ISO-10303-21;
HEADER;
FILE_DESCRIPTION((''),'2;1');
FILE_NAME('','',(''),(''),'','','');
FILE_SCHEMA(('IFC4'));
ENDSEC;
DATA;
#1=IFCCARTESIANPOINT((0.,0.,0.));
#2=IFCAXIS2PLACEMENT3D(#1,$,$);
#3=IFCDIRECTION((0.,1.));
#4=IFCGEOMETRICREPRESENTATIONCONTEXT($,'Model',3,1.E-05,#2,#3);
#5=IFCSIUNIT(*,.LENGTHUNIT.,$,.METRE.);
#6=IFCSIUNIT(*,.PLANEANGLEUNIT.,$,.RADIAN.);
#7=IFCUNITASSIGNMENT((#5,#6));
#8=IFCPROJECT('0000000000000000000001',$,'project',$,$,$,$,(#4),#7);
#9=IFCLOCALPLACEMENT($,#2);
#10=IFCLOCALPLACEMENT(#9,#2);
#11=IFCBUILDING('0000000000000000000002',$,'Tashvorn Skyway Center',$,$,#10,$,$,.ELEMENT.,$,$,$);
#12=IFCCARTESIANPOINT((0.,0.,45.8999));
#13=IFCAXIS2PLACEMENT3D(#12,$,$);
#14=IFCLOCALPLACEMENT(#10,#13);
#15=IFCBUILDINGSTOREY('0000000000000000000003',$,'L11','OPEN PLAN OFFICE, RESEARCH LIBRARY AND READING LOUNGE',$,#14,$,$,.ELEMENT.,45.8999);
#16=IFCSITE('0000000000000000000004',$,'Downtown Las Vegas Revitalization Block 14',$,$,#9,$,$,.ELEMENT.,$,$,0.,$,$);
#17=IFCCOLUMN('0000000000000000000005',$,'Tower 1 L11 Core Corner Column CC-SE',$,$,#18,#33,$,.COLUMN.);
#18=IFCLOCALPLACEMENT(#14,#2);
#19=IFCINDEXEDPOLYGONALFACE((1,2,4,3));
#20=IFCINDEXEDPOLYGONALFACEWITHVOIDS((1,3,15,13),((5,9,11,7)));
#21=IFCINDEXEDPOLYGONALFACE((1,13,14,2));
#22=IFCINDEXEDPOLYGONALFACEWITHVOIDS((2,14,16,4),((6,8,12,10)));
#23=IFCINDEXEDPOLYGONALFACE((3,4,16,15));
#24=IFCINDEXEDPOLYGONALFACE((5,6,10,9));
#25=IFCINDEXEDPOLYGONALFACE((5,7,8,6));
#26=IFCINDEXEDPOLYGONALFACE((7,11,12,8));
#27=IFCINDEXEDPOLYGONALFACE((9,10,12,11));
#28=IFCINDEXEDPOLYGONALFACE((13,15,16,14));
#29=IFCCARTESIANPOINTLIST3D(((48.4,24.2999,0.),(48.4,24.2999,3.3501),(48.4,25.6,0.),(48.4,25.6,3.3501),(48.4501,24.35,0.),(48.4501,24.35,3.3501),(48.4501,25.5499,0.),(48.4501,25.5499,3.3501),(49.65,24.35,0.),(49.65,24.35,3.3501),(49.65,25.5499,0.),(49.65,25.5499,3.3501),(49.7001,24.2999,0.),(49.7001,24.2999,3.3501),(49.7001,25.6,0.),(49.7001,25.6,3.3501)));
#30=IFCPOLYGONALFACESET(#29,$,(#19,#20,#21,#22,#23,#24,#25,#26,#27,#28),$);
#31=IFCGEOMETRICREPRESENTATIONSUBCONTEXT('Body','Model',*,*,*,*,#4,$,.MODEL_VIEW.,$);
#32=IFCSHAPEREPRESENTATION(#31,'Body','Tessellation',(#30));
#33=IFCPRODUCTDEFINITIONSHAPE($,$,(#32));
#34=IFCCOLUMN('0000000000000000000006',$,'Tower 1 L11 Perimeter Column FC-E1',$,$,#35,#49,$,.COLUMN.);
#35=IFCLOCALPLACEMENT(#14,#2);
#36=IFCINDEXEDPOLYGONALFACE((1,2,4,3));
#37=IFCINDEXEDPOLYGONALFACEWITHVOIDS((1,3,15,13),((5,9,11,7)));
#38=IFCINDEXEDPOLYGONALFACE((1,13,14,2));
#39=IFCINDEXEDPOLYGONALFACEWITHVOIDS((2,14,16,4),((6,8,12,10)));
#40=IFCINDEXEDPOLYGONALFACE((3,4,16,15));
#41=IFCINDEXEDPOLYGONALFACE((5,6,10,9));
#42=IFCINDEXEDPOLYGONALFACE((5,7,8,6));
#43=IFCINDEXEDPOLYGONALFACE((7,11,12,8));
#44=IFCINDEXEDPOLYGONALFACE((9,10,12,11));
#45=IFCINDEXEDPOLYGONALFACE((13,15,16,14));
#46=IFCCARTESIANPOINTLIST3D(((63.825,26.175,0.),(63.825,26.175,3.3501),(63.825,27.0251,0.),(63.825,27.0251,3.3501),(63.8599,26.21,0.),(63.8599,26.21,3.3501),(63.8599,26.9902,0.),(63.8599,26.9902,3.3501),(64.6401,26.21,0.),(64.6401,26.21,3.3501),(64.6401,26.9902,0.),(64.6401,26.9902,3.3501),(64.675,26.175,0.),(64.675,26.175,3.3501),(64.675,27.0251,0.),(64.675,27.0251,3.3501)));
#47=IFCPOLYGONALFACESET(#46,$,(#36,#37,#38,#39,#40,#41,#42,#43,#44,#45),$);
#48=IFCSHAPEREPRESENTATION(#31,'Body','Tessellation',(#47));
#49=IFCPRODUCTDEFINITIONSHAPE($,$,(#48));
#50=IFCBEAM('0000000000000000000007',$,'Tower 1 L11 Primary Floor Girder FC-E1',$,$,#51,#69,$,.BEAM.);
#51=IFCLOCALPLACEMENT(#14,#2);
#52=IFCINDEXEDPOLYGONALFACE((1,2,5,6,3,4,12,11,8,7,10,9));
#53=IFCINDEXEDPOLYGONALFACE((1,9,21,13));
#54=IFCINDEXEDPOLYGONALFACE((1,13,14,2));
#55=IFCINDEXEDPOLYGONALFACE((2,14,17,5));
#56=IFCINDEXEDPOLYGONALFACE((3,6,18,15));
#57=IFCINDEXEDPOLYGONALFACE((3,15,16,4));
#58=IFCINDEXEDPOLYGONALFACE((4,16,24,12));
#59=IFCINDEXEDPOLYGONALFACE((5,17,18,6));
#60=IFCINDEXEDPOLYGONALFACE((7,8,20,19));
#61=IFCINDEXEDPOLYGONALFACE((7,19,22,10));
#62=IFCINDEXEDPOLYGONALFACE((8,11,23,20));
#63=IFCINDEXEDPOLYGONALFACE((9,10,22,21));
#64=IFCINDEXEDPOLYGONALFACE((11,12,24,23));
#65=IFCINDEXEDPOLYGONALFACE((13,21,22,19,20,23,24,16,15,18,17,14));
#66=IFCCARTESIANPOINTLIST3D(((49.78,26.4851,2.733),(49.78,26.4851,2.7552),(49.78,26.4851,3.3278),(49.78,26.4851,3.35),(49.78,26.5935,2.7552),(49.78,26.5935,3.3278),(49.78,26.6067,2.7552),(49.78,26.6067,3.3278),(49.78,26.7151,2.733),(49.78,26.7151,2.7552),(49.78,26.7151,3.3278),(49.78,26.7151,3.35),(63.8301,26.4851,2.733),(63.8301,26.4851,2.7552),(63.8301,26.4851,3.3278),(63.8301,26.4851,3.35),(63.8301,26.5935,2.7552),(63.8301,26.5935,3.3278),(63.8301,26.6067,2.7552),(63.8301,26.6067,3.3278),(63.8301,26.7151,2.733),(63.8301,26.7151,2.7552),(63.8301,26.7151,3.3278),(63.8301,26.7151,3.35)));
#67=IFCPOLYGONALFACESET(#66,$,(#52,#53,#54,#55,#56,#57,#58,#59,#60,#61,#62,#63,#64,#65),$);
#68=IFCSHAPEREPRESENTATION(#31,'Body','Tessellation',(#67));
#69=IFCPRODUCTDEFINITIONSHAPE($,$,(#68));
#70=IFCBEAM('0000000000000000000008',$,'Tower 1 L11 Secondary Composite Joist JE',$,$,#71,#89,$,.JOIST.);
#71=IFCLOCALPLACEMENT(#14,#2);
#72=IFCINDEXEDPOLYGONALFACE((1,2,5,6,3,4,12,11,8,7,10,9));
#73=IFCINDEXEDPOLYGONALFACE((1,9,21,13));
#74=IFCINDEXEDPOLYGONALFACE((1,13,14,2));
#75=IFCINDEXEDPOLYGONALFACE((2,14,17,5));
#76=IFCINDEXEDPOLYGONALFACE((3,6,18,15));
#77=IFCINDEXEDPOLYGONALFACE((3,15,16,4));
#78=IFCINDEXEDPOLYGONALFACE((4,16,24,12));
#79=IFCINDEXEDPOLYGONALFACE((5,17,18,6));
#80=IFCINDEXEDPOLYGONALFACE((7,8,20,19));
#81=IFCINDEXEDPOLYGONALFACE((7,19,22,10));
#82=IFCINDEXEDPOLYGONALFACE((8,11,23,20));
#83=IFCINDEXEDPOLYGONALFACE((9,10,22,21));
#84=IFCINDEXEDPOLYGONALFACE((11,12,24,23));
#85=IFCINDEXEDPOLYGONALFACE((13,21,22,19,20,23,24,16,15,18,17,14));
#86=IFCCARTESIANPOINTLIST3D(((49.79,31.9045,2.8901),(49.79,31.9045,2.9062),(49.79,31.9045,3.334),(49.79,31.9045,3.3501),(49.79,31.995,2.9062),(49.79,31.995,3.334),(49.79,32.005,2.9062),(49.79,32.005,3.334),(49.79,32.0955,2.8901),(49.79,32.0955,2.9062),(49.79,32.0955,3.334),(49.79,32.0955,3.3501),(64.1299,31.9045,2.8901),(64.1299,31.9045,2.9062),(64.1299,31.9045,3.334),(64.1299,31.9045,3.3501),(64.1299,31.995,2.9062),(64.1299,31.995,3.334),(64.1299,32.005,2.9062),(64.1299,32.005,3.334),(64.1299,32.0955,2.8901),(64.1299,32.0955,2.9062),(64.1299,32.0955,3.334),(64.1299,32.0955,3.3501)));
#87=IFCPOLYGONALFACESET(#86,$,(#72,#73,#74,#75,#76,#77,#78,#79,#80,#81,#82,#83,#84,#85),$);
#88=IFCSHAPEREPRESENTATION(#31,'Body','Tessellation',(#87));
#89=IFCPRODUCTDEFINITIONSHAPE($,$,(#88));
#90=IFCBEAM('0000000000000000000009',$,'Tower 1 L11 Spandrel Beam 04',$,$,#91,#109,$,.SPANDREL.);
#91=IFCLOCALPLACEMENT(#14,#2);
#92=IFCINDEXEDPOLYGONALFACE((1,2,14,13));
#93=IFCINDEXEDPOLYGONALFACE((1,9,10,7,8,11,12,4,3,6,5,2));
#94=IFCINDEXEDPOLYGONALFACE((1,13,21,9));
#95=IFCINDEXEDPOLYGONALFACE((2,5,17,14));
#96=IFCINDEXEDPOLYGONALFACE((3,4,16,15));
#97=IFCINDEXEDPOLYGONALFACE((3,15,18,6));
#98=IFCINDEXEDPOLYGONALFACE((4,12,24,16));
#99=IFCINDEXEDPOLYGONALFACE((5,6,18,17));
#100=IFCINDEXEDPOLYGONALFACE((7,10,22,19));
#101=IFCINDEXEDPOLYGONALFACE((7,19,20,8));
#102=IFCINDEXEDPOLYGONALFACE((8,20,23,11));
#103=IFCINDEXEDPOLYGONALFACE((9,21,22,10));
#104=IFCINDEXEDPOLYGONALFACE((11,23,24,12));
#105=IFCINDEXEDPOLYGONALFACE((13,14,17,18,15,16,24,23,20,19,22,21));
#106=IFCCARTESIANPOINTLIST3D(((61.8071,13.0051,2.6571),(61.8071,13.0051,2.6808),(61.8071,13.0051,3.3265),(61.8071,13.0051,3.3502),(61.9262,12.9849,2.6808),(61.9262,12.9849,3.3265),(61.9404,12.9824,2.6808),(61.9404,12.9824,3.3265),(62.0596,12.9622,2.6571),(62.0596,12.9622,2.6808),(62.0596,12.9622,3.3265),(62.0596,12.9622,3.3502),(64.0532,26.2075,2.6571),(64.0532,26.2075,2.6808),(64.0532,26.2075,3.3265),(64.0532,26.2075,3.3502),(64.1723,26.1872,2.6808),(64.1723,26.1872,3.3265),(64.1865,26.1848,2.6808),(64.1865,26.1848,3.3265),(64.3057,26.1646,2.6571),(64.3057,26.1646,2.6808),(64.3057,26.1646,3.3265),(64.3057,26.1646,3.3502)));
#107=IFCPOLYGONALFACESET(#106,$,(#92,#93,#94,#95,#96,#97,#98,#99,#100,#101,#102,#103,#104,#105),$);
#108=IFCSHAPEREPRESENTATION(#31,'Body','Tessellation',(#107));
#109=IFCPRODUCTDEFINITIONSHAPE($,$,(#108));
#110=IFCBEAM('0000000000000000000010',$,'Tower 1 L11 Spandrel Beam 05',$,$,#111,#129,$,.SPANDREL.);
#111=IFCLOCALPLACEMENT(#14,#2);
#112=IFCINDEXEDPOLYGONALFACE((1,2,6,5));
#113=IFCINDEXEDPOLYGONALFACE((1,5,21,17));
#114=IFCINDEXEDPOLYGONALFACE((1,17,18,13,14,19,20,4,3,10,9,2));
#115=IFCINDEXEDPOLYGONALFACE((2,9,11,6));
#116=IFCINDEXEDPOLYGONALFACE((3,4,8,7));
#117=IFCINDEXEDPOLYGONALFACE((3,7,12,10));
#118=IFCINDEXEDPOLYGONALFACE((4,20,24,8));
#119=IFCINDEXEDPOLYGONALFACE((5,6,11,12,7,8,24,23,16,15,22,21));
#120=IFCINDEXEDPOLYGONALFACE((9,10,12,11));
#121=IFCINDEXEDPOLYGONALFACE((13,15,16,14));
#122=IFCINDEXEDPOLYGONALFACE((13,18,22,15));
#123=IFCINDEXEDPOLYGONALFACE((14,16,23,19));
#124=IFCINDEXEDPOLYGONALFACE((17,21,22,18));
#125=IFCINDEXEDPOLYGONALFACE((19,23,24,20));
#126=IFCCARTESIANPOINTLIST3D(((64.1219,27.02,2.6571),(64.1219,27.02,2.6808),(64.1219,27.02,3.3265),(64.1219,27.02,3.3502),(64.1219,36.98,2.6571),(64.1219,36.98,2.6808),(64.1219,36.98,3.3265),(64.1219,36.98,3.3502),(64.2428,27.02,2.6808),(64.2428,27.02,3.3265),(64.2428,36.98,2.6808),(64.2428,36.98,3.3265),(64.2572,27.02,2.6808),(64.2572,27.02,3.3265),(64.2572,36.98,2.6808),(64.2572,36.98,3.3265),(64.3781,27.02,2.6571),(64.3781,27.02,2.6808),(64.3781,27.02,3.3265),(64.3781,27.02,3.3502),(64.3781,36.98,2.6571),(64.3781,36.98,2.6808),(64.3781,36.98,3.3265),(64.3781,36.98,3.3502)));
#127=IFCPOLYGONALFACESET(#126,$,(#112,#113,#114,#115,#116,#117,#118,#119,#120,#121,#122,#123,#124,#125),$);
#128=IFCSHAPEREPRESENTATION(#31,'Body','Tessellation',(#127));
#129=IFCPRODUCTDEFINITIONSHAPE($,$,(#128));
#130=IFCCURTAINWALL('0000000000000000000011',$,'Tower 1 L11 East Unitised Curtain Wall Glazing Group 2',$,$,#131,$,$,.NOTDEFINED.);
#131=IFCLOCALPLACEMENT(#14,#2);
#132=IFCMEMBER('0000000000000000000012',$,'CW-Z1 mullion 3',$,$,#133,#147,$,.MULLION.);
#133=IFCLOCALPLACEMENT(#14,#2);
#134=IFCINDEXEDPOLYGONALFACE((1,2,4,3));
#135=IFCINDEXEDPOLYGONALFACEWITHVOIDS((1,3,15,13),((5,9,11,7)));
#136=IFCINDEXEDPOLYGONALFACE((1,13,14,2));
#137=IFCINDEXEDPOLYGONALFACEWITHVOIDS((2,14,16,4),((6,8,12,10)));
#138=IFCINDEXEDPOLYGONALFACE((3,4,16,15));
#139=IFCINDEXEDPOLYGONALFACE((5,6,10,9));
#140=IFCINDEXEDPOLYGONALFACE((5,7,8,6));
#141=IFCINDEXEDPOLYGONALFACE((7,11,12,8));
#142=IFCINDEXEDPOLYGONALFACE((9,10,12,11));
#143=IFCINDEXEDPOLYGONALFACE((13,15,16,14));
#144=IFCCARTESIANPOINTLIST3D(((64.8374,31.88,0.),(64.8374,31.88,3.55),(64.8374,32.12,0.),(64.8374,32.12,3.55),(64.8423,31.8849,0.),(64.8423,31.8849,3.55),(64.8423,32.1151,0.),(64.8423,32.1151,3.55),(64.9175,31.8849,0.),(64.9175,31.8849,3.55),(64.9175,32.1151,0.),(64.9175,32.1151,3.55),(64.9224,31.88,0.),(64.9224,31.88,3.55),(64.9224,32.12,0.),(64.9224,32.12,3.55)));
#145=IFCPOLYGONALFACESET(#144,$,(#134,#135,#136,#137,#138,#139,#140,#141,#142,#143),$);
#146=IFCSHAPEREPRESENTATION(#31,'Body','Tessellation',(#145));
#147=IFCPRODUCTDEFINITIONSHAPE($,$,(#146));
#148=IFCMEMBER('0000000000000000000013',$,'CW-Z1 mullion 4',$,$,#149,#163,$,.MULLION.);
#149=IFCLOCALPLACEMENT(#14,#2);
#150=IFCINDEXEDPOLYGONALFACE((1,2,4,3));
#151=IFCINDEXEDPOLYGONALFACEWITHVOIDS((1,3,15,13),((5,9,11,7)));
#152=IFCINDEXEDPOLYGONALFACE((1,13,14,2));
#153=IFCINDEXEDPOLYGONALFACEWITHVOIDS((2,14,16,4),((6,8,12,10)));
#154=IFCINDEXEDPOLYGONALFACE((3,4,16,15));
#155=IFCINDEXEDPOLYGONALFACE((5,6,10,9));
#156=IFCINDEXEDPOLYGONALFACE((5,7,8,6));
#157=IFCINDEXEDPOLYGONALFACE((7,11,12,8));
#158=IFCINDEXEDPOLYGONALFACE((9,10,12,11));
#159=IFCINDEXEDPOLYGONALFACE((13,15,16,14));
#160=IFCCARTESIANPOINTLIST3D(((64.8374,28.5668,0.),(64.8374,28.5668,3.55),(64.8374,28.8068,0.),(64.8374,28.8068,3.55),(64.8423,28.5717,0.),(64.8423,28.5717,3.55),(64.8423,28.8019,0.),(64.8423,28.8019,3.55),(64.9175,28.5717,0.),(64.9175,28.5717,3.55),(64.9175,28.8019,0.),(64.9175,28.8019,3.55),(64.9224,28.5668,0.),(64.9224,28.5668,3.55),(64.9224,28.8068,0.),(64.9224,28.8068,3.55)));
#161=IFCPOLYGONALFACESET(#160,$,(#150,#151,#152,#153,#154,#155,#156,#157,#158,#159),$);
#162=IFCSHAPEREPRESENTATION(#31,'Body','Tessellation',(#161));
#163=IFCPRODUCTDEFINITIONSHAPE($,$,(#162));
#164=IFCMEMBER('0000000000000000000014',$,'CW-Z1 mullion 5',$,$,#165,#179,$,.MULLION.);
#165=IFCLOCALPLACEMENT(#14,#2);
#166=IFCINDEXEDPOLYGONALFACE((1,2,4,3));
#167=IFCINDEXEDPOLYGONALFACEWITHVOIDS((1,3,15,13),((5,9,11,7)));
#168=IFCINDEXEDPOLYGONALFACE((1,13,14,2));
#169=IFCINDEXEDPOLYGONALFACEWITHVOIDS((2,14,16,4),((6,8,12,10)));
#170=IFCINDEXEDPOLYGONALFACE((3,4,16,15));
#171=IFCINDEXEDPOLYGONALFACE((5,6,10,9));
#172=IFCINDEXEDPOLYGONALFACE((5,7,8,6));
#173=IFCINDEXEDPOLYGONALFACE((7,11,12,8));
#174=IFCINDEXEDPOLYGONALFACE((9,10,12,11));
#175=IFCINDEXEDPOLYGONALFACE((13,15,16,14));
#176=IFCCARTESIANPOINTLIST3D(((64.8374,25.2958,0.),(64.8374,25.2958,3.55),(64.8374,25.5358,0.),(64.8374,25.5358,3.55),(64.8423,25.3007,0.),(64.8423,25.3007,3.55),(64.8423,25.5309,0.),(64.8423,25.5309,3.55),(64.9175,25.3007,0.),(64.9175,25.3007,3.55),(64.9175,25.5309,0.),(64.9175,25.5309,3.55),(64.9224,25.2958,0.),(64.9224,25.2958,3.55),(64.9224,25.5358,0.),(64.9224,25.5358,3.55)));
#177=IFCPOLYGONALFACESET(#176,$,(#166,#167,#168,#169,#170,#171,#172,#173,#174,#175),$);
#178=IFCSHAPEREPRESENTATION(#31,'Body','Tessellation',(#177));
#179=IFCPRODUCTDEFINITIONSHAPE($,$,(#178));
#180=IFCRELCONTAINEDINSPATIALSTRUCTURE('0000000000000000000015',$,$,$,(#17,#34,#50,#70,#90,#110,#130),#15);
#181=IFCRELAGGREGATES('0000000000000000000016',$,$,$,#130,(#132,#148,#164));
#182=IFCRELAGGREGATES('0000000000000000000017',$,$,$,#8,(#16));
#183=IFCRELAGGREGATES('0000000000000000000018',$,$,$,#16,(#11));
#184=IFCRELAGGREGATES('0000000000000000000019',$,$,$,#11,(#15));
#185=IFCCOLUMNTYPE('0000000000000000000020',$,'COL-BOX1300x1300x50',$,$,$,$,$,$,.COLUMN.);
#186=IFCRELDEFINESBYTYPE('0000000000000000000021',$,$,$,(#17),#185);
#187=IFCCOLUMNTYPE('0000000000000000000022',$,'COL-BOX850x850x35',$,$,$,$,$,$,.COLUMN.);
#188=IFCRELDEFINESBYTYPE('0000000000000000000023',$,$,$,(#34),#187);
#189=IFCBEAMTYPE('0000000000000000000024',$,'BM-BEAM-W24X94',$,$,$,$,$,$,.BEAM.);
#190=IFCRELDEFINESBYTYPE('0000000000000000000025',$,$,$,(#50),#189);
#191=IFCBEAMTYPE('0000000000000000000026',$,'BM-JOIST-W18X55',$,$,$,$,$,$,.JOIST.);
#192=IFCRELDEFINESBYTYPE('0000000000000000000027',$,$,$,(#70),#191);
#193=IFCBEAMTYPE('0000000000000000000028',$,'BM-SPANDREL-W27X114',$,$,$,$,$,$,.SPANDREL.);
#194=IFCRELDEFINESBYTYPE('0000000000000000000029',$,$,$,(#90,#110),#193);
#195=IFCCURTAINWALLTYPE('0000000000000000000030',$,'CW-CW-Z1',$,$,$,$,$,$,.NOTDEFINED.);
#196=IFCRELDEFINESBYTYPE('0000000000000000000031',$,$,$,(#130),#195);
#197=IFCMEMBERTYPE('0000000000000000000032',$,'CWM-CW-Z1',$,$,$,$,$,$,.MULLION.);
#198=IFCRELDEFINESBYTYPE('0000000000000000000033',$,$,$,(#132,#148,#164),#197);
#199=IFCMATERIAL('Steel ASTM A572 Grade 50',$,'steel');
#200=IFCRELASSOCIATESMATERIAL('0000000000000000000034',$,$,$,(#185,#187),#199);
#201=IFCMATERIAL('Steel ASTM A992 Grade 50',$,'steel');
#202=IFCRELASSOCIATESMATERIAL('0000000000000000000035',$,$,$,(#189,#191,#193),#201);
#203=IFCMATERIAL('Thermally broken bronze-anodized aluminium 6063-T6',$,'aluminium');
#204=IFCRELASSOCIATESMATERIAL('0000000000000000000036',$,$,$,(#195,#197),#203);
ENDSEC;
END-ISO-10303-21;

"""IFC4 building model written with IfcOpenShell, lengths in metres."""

from ifc_helpers import new_model, si_unit, direction, frame, origin, origin_2d, place, context, subcontext, project, spatial, hollow_rectangle, i_section, extrude, material, material_profile, profile_set, type_object, element, aggregate, save


model = new_model("IFC4")

# Units and contexts
model_context = context("Model", 3, precision=1e-05, world=origin(), true_north=direction((0.0, 1.0)))
body_context = subcontext(model_context, "Body", "Model", "MODEL_VIEW")
ifc_project = project(units=[si_unit("LENGTHUNIT", "METRE"), si_unit("PLANEANGLEUNIT", "RADIAN")], contexts=[model_context])

# Site, building, storey
site_placement = place(None, origin())
site = spatial("IfcSite", under=ifc_project, at=site_placement, Name="Downtown Las Vegas Revitalization Block 14", CompositionType="ELEMENT", RefElevation=0.0)
building_placement = place(site_placement, origin())
building = spatial("IfcBuilding", under=site, at=building_placement, Name="Tashvorn Skyway Center", CompositionType="ELEMENT")
storey_placement = place(building_placement, frame((0.0, 0.0, 45.8999)))
storey = spatial("IfcBuildingStorey", under=building, at=storey_placement, Name="L11", Description="OPEN PLAN OFFICE, RESEARCH LIBRARY AND READING LOUNGE", CompositionType="ELEMENT", Elevation=45.8999)

# Columns
ifc_material_1 = material(Name="Steel ASTM A572 Grade 50", Category="steel")
ifc_material_profile_1 = material_profile(ifc_material_1, hollow_rectangle(XDim=1.3, YDim=1.3, WallThickness=0.05, at=origin_2d()), Name="BOX1300x1300x50")
ifc_profile_set_1 = profile_set([ifc_material_profile_1], Name="Steel ASTM A572 Grade 50")
column_type_1 = type_object("IfcColumnType", Name="COL-BOX1300x1300x50", PredefinedType="COLUMN", material=ifc_profile_set_1)
column_1_placement = place(storey_placement, frame((49.05, 24.95, 0.0), z_axis=(0.0, 0.0, 1.0), x_axis=(1.0, 0.0, 0.0)))
element("IfcColumn", 1, at=column_1_placement, inside=storey, type_object=column_type_1, Name="Tower 1 L11 Core Corner Column CC-SE", PredefinedType="COLUMN", context=body_context, shape_type="SweptSolid", body=[
    extrude(hollow_rectangle(XDim=1.3, YDim=1.3, WallThickness=0.05, at=origin_2d()), origin(), (0.0, 0.0, 1.0), 3.3501),
])
ifc_material_profile_2 = material_profile(ifc_material_1, hollow_rectangle(XDim=0.8501, YDim=0.8501, WallThickness=0.0349, at=origin_2d()), Name="BOX850x850x35")
ifc_profile_set_2 = profile_set([ifc_material_profile_2], Name="Steel ASTM A572 Grade 50")
column_type_2 = type_object("IfcColumnType", Name="COL-BOX850x850x35", PredefinedType="COLUMN", material=ifc_profile_set_2)
column_2_placement = place(storey_placement, frame((64.25, 26.6001, 0.0), z_axis=(0.0, 0.0, 1.0), x_axis=(1.0, 0.0, 0.0)))
element("IfcColumn", 2, at=column_2_placement, inside=storey, type_object=column_type_2, Name="Tower 1 L11 Perimeter Column FC-E1", PredefinedType="COLUMN", context=body_context, shape_type="SweptSolid", body=[
    extrude(hollow_rectangle(XDim=0.8501, YDim=0.8501, WallThickness=0.0349, at=origin_2d()), origin(), (0.0, 0.0, 1.0), 3.3501),
])

# Beams
ifc_material_2 = material(Name="Steel ASTM A992 Grade 50", Category="steel")
ifc_material_profile_3 = material_profile(ifc_material_2, i_section(OverallWidth=0.23, OverallDepth=0.6169, WebThickness=0.0132, FlangeThickness=0.0222, at=origin_2d()), Name="W24X94")
ifc_profile_set_3 = profile_set([ifc_material_profile_3], Name="Steel ASTM A992 Grade 50")
beam_type_1 = type_object("IfcBeamType", Name="BM-BEAM-W24X94", PredefinedType="BEAM", material=ifc_profile_set_3)
beam_1_placement = place(storey_placement, frame((63.8301, 26.6001, 3.0415), z_axis=(-1.0, 0.0, 0.0), x_axis=(0.0, -1.0, 0.0)))
element("IfcBeam", 3, at=beam_1_placement, inside=storey, type_object=beam_type_1, Name="Tower 1 L11 Primary Floor Girder FC-E1", PredefinedType="BEAM", context=body_context, shape_type="SweptSolid", body=[
    extrude(i_section(OverallWidth=0.23, OverallDepth=0.6169, WebThickness=0.0132, FlangeThickness=0.0222, at=origin_2d()), origin(), (0.0, 0.0, 1.0), 14.05),
])
ifc_material_profile_4 = material_profile(ifc_material_2, i_section(OverallWidth=0.1909, OverallDepth=0.46, WebThickness=0.01, FlangeThickness=0.0161, at=origin_2d()), Name="W18X55")
ifc_profile_set_4 = profile_set([ifc_material_profile_4], Name="Steel ASTM A992 Grade 50")
beam_type_2 = type_object("IfcBeamType", Name="BM-JOIST-W18X55", PredefinedType="JOIST", material=ifc_profile_set_4)
beam_2_placement = place(storey_placement, frame((49.79, 32.0, 3.1201), z_axis=(1.0, 0.0, 0.0), x_axis=(0.0, 1.0, 0.0)))
element("IfcBeam", 4, at=beam_2_placement, inside=storey, type_object=beam_type_2, Name="Tower 1 L11 Secondary Composite Joist JE", PredefinedType="JOIST", context=body_context, shape_type="SweptSolid", body=[
    extrude(i_section(OverallWidth=0.1909, OverallDepth=0.46, WebThickness=0.01, FlangeThickness=0.0161, at=origin_2d()), origin(), (0.0, 0.0, 1.0), 14.3398),
])
ifc_material_profile_5 = material_profile(ifc_material_2, i_section(OverallWidth=0.2561, OverallDepth=0.6931, WebThickness=0.0144, FlangeThickness=0.0237, at=origin_2d()), Name="W27X114")
ifc_profile_set_5 = profile_set([ifc_material_profile_5], Name="Steel ASTM A992 Grade 50")
beam_type_3 = type_object("IfcBeamType", Name="BM-SPANDREL-W27X114", PredefinedType="SPANDREL", material=ifc_profile_set_5)
beam_3_placement = place(storey_placement, frame((61.9333, 12.9836, 3.0037), z_axis=(0.167718, 0.985835, 0.0), x_axis=(-0.985835, 0.167718, 0.0)))
element("IfcBeam", 5, at=beam_3_placement, inside=storey, type_object=beam_type_3, Name="Tower 1 L11 Spandrel Beam 04", PredefinedType="SPANDREL", context=body_context, shape_type="SweptSolid", body=[
    extrude(i_section(OverallWidth=0.2561, OverallDepth=0.6931, WebThickness=0.0144, FlangeThickness=0.0237, at=origin_2d()), origin(), (0.0, 0.0, 1.0), 13.3921),
])
beam_4_placement = place(storey_placement, frame((64.25, 27.02, 3.0037), z_axis=(0.0, 1.0, 0.0), x_axis=(-1.0, 0.0, 0.0)))
element("IfcBeam", 6, at=beam_4_placement, inside=storey, type_object=beam_type_3, Name="Tower 1 L11 Spandrel Beam 05", PredefinedType="SPANDREL", context=body_context, shape_type="SweptSolid", body=[
    extrude(i_section(OverallWidth=0.2561, OverallDepth=0.6931, WebThickness=0.0144, FlangeThickness=0.0237, at=origin_2d()), origin(), (0.0, 0.0, 1.0), 9.96),
])

# Curtain wall, members
ifc_material_3 = material(Name="Thermally broken bronze-anodized aluminium 6063-T6", Category="aluminium")
curtain_wall_type = type_object("IfcCurtainWallType", Name="CW-CW-Z1", PredefinedType="NOTDEFINED", material=ifc_material_3)
curtain_wall_placement = place(storey_placement, origin())
curtain_wall = element("IfcCurtainWall", 7, at=curtain_wall_placement, inside=storey, type_object=curtain_wall_type, Name="Tower 1 L11 East Unitised Curtain Wall Glazing Group 2", PredefinedType="NOTDEFINED")
ifc_material_profile_6 = material_profile(ifc_material_3, hollow_rectangle(XDim=0.085, YDim=0.24, WallThickness=0.0049, at=origin_2d()), Name="ALU-MULL-85x240")
ifc_profile_set_6 = profile_set([ifc_material_profile_6], Name="Thermally broken bronze-anodized aluminium 6063-T6")
member_type_1 = type_object("IfcMemberType", Name="CWM-CW-Z1", PredefinedType="MULLION", material=ifc_profile_set_6)
member_1_placement = place(storey_placement, frame((64.8799, 32.0, 0.0), z_axis=(0.0, 0.0, 1.0), x_axis=(1.0, 0.0, 0.0)))
member_1 = element("IfcMember", 8, at=member_1_placement, type_object=member_type_1, Name="CW-Z1 mullion 3", PredefinedType="MULLION", context=body_context, shape_type="SweptSolid", body=[
    extrude(hollow_rectangle(XDim=0.085, YDim=0.24, WallThickness=0.0049, at=origin_2d()), origin(), (0.0, 0.0, 1.0), 3.55),
])
member_2_placement = place(storey_placement, frame((64.8799, 28.6868, 0.0), z_axis=(0.0, 0.0, 1.0), x_axis=(1.0, 0.0, 0.0)))
member_2 = element("IfcMember", 9, at=member_2_placement, type_object=member_type_1, Name="CW-Z1 mullion 4", PredefinedType="MULLION", context=body_context, shape_type="SweptSolid", body=[
    extrude(hollow_rectangle(XDim=0.085, YDim=0.24, WallThickness=0.0049, at=origin_2d()), origin(), (0.0, 0.0, 1.0), 3.55),
])
member_3_placement = place(storey_placement, frame((64.8799, 25.4158, 0.0), z_axis=(0.0, 0.0, 1.0), x_axis=(1.0, 0.0, 0.0)))
member_3 = element("IfcMember", 10, at=member_3_placement, type_object=member_type_1, Name="CW-Z1 mullion 5", PredefinedType="MULLION", context=body_context, shape_type="SweptSolid", body=[
    extrude(hollow_rectangle(XDim=0.085, YDim=0.24, WallThickness=0.0049, at=origin_2d()), origin(), (0.0, 0.0, 1.0), 3.55),
])
aggregate(curtain_wall, [member_1, member_2, member_3])

save(model, "model.ifc")
